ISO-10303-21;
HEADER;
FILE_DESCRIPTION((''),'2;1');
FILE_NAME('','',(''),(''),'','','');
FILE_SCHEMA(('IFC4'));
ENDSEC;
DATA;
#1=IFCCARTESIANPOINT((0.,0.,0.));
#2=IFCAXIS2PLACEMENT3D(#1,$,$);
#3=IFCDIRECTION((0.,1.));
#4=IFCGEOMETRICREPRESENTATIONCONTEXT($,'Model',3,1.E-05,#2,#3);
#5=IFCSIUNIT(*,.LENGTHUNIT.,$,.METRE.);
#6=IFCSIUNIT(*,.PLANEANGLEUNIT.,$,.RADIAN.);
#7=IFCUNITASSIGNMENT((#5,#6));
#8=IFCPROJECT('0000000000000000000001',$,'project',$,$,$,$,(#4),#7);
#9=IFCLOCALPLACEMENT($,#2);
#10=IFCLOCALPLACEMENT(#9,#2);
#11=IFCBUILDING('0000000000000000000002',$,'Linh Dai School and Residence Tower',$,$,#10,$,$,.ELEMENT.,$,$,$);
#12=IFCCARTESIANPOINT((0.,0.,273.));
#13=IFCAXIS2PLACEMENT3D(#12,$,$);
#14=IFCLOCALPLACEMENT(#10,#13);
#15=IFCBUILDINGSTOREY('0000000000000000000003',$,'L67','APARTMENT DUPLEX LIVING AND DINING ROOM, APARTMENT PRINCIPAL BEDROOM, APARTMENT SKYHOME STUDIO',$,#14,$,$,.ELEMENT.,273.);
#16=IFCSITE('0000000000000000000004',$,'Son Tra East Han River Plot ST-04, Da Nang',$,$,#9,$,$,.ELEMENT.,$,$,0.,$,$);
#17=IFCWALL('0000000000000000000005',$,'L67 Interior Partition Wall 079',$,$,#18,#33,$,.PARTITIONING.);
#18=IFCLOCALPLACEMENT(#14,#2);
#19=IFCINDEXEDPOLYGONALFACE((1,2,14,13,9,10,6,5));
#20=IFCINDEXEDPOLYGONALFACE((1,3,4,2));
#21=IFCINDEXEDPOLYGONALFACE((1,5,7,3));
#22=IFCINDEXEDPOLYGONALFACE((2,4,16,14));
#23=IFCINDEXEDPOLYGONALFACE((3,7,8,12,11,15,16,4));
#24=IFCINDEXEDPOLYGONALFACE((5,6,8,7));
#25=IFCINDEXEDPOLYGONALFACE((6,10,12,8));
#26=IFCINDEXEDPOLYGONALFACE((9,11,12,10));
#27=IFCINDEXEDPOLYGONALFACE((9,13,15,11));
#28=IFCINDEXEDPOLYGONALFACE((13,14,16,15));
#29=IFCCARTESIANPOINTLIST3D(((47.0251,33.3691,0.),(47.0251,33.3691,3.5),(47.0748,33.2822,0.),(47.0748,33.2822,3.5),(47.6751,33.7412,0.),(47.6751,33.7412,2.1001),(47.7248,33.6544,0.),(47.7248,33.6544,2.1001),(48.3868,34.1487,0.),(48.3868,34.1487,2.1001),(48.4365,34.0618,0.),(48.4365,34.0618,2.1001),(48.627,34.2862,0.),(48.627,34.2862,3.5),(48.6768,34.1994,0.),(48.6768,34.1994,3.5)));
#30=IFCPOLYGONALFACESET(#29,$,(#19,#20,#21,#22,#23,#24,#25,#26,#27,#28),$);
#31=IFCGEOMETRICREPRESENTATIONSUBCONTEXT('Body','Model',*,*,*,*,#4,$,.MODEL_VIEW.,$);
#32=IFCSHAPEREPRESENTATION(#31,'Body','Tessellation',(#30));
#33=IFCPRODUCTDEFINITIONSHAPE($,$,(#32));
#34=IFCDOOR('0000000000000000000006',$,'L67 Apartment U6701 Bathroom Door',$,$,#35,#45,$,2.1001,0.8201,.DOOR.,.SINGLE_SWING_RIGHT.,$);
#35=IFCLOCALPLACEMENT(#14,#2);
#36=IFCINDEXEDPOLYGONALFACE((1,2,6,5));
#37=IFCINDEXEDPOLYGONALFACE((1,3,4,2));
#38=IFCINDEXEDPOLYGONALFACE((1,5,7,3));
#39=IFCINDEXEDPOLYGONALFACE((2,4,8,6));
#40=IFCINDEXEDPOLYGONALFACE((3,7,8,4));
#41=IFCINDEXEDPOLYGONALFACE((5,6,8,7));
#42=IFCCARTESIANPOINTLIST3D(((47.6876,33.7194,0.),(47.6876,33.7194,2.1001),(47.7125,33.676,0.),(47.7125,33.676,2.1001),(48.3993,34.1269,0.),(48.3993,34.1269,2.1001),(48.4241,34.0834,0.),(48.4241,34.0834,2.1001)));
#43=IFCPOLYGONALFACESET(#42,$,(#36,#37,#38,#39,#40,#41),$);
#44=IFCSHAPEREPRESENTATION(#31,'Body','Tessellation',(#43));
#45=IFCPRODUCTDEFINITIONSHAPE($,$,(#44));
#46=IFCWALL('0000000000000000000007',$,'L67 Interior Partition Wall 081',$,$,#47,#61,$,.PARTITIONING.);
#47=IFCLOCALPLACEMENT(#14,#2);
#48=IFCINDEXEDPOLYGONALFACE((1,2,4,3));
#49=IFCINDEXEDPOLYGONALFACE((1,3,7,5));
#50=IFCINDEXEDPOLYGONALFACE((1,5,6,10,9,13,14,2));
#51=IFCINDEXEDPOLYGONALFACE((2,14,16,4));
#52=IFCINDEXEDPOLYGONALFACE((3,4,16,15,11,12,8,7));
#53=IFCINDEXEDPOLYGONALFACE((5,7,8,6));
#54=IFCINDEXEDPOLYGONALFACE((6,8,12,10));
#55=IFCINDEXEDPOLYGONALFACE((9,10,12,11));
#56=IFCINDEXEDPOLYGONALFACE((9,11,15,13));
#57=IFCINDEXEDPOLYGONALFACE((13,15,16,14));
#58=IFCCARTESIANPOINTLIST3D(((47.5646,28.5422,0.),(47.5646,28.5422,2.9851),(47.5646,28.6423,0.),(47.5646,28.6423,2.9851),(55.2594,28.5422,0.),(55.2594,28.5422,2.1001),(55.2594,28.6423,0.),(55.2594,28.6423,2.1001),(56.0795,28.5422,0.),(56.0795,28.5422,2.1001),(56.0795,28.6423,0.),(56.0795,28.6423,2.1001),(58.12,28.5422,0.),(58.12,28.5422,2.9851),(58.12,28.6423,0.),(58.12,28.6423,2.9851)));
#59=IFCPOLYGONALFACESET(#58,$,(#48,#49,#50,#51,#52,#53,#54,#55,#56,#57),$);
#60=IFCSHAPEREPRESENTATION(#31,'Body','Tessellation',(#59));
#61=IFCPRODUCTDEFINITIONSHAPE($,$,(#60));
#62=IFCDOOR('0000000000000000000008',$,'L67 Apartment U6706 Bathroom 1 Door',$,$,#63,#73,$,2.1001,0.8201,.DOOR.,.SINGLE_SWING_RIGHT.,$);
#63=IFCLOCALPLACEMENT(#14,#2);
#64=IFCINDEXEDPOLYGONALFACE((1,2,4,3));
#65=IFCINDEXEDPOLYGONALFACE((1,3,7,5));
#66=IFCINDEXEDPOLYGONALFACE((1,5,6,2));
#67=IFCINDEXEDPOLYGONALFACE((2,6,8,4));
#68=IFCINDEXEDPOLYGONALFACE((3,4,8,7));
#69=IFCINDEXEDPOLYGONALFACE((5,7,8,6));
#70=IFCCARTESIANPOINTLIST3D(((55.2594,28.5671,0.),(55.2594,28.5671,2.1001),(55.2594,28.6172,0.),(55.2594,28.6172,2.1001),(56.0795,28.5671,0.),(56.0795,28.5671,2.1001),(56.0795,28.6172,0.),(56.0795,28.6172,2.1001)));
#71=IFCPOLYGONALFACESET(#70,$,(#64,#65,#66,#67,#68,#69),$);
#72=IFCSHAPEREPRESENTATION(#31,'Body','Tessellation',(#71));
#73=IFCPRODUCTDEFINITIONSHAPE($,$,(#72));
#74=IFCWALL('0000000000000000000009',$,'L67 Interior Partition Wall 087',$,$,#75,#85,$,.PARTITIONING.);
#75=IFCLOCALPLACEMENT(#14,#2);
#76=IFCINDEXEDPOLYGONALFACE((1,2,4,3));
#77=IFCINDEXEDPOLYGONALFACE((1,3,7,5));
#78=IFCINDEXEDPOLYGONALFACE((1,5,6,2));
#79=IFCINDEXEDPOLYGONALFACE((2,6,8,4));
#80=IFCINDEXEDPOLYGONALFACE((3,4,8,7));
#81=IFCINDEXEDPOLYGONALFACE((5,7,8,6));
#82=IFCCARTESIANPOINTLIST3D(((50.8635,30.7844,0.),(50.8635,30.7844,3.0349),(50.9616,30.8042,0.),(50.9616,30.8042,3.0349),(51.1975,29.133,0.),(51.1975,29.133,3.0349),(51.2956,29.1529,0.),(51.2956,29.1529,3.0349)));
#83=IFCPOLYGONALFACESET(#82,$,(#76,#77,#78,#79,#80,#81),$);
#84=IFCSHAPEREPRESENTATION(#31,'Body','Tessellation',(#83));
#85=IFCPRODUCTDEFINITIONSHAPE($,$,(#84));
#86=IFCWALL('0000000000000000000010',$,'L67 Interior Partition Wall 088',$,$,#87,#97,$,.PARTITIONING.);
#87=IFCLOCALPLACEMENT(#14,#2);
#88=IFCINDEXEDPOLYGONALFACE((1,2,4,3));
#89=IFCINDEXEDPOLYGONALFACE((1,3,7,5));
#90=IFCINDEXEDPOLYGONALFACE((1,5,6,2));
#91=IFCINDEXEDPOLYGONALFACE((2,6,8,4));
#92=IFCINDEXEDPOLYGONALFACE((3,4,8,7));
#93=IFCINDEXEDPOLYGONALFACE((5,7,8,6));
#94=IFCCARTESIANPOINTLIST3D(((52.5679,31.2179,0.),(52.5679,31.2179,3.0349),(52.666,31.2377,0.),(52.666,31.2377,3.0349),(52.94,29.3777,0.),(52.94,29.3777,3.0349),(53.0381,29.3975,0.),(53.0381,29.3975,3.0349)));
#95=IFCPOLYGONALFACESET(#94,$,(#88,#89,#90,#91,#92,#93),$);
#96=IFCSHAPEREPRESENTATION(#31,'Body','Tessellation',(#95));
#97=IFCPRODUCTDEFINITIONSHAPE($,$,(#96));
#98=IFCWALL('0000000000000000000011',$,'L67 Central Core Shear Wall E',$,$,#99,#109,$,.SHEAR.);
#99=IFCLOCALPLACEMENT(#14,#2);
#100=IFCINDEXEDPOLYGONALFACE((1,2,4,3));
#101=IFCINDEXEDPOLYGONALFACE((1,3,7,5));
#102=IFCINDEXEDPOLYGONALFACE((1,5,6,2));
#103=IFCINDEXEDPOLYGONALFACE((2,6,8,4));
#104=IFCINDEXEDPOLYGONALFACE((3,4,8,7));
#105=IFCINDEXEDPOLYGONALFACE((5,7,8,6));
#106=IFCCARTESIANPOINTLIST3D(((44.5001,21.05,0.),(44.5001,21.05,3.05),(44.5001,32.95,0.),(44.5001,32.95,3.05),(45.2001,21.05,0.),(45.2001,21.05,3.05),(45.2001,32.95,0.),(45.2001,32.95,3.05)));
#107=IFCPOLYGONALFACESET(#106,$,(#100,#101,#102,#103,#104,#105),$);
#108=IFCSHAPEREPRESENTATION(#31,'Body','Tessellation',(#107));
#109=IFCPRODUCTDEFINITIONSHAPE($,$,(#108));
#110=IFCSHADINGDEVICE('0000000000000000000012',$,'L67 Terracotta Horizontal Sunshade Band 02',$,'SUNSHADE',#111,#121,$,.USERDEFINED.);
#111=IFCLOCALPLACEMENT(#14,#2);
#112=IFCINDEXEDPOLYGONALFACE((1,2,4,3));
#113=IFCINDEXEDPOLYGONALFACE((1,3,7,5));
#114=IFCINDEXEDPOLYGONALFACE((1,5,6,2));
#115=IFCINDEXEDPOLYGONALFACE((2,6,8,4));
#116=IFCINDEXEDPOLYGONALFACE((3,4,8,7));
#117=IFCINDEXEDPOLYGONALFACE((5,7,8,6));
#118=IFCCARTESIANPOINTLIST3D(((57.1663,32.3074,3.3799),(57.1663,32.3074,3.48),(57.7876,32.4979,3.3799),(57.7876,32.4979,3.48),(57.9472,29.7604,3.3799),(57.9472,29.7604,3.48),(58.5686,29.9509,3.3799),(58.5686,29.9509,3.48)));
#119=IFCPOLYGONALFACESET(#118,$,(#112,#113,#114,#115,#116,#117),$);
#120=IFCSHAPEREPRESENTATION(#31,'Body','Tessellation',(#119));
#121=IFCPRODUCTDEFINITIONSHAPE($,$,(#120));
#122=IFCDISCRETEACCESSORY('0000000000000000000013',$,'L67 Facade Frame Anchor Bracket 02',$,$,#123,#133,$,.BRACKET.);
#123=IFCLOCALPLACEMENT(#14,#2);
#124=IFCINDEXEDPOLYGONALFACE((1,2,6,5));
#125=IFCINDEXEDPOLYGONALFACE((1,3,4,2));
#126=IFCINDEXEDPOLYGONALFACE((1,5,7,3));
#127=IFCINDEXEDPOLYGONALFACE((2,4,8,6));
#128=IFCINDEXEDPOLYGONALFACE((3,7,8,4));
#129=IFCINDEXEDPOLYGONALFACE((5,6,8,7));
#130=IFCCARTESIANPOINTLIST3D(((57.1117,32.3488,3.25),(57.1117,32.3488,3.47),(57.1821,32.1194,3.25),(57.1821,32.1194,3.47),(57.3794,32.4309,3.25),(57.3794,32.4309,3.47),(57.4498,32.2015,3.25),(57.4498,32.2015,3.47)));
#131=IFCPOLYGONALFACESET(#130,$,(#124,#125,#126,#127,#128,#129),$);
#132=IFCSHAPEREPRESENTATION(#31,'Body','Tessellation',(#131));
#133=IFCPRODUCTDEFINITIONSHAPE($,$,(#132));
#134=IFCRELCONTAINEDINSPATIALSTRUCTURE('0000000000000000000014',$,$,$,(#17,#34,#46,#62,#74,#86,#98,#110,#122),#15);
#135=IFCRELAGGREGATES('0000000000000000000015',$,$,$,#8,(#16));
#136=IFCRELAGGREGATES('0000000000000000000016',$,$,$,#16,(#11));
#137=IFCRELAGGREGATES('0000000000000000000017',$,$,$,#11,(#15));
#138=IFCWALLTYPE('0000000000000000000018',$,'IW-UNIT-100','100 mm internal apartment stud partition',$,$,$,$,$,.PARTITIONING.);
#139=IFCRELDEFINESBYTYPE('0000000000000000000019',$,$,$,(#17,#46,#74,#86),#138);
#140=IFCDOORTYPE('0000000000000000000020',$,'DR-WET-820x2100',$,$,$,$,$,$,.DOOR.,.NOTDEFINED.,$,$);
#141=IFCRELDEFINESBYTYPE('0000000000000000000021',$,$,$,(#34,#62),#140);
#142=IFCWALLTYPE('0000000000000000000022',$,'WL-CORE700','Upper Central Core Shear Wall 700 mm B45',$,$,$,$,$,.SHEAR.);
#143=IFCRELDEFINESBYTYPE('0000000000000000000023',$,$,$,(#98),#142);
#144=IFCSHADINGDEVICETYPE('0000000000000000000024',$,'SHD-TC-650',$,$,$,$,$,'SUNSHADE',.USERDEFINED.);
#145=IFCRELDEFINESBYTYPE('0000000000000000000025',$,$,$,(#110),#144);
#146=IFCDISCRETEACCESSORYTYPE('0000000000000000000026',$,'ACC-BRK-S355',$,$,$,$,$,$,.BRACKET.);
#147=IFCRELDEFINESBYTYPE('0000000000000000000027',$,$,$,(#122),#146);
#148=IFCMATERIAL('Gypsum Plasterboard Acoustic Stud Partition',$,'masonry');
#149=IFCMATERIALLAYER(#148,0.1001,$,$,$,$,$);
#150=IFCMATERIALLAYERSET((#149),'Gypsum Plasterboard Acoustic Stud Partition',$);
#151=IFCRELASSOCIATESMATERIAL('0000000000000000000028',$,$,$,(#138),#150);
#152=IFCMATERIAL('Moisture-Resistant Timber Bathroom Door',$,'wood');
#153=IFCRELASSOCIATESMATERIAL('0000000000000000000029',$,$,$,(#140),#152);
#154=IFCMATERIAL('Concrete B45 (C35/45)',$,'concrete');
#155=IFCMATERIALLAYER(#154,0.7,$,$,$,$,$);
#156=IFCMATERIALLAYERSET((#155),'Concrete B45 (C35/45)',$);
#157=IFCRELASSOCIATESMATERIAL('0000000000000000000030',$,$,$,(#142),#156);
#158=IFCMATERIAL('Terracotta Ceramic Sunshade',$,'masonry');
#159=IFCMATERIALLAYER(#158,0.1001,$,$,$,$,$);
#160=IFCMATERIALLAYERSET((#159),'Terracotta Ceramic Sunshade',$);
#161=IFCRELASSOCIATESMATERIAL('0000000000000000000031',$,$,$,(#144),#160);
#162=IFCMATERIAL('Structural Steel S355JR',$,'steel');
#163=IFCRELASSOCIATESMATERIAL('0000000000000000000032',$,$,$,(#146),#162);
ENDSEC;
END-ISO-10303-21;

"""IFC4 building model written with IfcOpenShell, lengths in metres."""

from ifc_helpers import new_model, si_unit, direction, frame, frame_2d, origin, origin_2d, place, context, subcontext, project, spatial, rectangle, extrude, source, transform, mapped, material, layer, layer_set, type_object, element, fill, save


model = new_model("IFC4")

# Units and contexts
model_context = context("Model", 3, precision=1e-05, world=origin(), true_north=direction((0.0, 1.0)))
body_context = subcontext(model_context, "Body", "Model", "MODEL_VIEW")
ifc_project = project(units=[si_unit("LENGTHUNIT", "METRE"), si_unit("PLANEANGLEUNIT", "RADIAN")], contexts=[model_context])

# Site, building, storey
site_placement = place(None, origin())
site = spatial("IfcSite", under=ifc_project, at=site_placement, Name="Son Tra East Han River Plot ST-04, Da Nang", CompositionType="ELEMENT", RefElevation=0.0)
building_placement = place(site_placement, origin())
building = spatial("IfcBuilding", under=site, at=building_placement, Name="Linh Dai School and Residence Tower", CompositionType="ELEMENT")
storey_placement = place(building_placement, frame((0.0, 0.0, 273.0)))
storey = spatial("IfcBuildingStorey", under=building, at=storey_placement, Name="L67", Description="APARTMENT DUPLEX LIVING AND DINING ROOM, APARTMENT PRINCIPAL BEDROOM, APARTMENT SKYHOME STUDIO", CompositionType="ELEMENT", Elevation=273.0)

# Shared definitions
ifc_material_1 = material(Name="Concrete B45 (C35/45)", Category="concrete")
ifc_material_2 = material(Name="Structural Steel S355JR", Category="steel")

# Walls, openings, doors
ifc_material_3 = material(Name="Gypsum Plasterboard Acoustic Stud Partition", Category="masonry")
ifc_layer_1 = layer(ifc_material_3, 0.1001)
ifc_layer_set_1 = layer_set([ifc_layer_1], Name="Gypsum Plasterboard Acoustic Stud Partition")
wall_type_1 = type_object("IfcWallType", Name="IW-UNIT-100", Description="100 mm internal apartment stud partition", PredefinedType="PARTITIONING", material=ifc_layer_set_1)
wall_1_placement = place(storey_placement, frame((47.05, 33.3257, 0.0), z_axis=(0.0, 0.0, 1.0), x_axis=(0.867828, 0.496865, 0.0)))
wall_1 = element("IfcWall", 1, at=wall_1_placement, inside=storey, type_object=wall_type_1, Name="L67 Interior Partition Wall 079", PredefinedType="PARTITIONING", context=body_context, shape_type="SweptSolid", body=[
    extrude(rectangle(XDim=1.8459, YDim=0.1001, at=frame_2d((0.9229, 0.0))), origin(), (0.0, 0.0, 1.0), 3.5),
])
opening_1_placement = place(wall_1_placement, frame((0.7488, 0.0, 0.0)))
opening_1 = element("IfcOpeningElement", 2, at=opening_1_placement, cuts=wall_1, PredefinedType="OPENING", context=body_context, shape_type="SweptSolid", body=[
    extrude(rectangle(XDim=0.8201, YDim=2.1001, at=origin_2d()), frame((0.4102, 0.0601, 1.05), z_axis=(0.0, -1.0, 0.0), x_axis=(1.0, 0.0, 0.0)), (0.0, 0.0, 1.0), 0.1201),
])
ifc_material_4 = material(Name="Moisture-Resistant Timber Bathroom Door", Category="wood")
door_type_1 = type_object("IfcDoorType", Name="DR-WET-820x2100", OperationType="NOTDEFINED", PredefinedType="DOOR", material=ifc_material_4)
shared_shape_1 = source(origin(), body_context, "Body", "SweptSolid", [
    extrude(rectangle(XDim=0.8201, YDim=2.1001, at=origin_2d()), frame((0.4102, 0.0249, 1.05), z_axis=(0.0, -1.0, 0.0), x_axis=(1.0, 0.0, 0.0)), (0.0, 0.0, 1.0), 0.05),
])
door_1_placement = place(opening_1_placement, origin())
door_1 = element("IfcDoor", 3, at=door_1_placement, inside=storey, type_object=door_type_1, Name="L67 Apartment U6701 Bathroom Door", OperationType="SINGLE_SWING_RIGHT", OverallHeight=2.1001, OverallWidth=0.8201, PredefinedType="DOOR", context=body_context, shape_type="MappedRepresentation", body=[
    mapped(shared_shape_1, transform((0.0, 0.0, 0.0), x_axis=(1.0, 0.0, 0.0), y_axis=(0.0, 1.0, 0.0), z_axis=(0.0, 0.0, 1.0), scale=1.0)),
])
fill(opening_1, door_1)
wall_2_placement = place(storey_placement, frame((47.5645, 28.5923, 0.0), z_axis=(0.0, 0.0, 1.0), x_axis=(1.0, 0.0, 0.0)))
wall_2 = element("IfcWall", 4, at=wall_2_placement, inside=storey, type_object=wall_type_1, Name="L67 Interior Partition Wall 081", PredefinedType="PARTITIONING", context=body_context, shape_type="SweptSolid", body=[
    extrude(rectangle(XDim=10.5554, YDim=0.1001, at=frame_2d((5.2778, 0.0))), origin(), (0.0, 0.0, 1.0), 2.9851),
])
opening_2_placement = place(wall_2_placement, frame((7.6948, 0.0, 0.0)))
opening_2 = element("IfcOpeningElement", 5, at=opening_2_placement, cuts=wall_2, PredefinedType="OPENING", context=body_context, shape_type="SweptSolid", body=[
    extrude(rectangle(XDim=0.8201, YDim=2.1001, at=origin_2d()), frame((0.4102, 0.0601, 1.05), z_axis=(0.0, -1.0, 0.0), x_axis=(1.0, 0.0, 0.0)), (0.0, 0.0, 1.0), 0.1201),
])
door_2_placement = place(opening_2_placement, origin())
door_2 = element("IfcDoor", 6, at=door_2_placement, inside=storey, type_object=door_type_1, Name="L67 Apartment U6706 Bathroom 1 Door", OperationType="SINGLE_SWING_RIGHT", OverallHeight=2.1001, OverallWidth=0.8201, PredefinedType="DOOR", context=body_context, shape_type="MappedRepresentation", body=[
    mapped(shared_shape_1, transform((0.0, 0.0, 0.0), x_axis=(1.0, 0.0, 0.0), y_axis=(0.0, 1.0, 0.0), z_axis=(0.0, 0.0, 1.0), scale=1.0)),
])
fill(opening_2, door_2)

# Walls
wall_3_placement = place(storey_placement, frame((50.9126, 30.7942, 0.0), z_axis=(0.0, 0.0, 1.0), x_axis=(0.198234, -0.980155, 0.0)))
element("IfcWall", 7, at=wall_3_placement, inside=storey, type_object=wall_type_1, Name="L67 Interior Partition Wall 087", PredefinedType="PARTITIONING", context=body_context, shape_type="SweptSolid", body=[
    extrude(rectangle(XDim=1.6848, YDim=0.1001, at=frame_2d((0.8423, 0.0))), origin(), (0.0, 0.0, 1.0), 3.0349),
])
wall_4_placement = place(storey_placement, frame((52.6169, 31.2278, 0.0), z_axis=(0.0, 0.0, 1.0), x_axis=(0.198191, -0.980163, 0.0)))
element("IfcWall", 8, at=wall_4_placement, inside=storey, type_object=wall_type_1, Name="L67 Interior Partition Wall 088", PredefinedType="PARTITIONING", context=body_context, shape_type="SweptSolid", body=[
    extrude(rectangle(XDim=1.8774, YDim=0.1001, at=frame_2d((0.9387, 0.0))), origin(), (0.0, 0.0, 1.0), 3.0349),
])
ifc_layer_2 = layer(ifc_material_1, 0.7)
ifc_layer_set_2 = layer_set([ifc_layer_2], Name="Concrete B45 (C35/45)")
wall_type_2 = type_object("IfcWallType", Name="WL-CORE700", Description="Upper Central Core Shear Wall 700 mm B45", PredefinedType="SHEAR", material=ifc_layer_set_2)
wall_5_placement = place(storey_placement, frame((44.8501, 32.95, 0.0), z_axis=(0.0, 0.0, 1.0), x_axis=(0.0, -1.0, 0.0)))
element("IfcWall", 9, at=wall_5_placement, inside=storey, type_object=wall_type_2, Name="L67 Central Core Shear Wall E", PredefinedType="SHEAR", context=body_context, shape_type="SweptSolid", body=[
    extrude(rectangle(XDim=11.8999, YDim=0.7, at=frame_2d((5.95, 0.0))), origin(), (0.0, 0.0, 1.0), 3.05),
])

# Shading device
ifc_material_5 = material(Name="Terracotta Ceramic Sunshade", Category="masonry")
ifc_layer_3 = layer(ifc_material_5, 0.1001)
ifc_layer_set_3 = layer_set([ifc_layer_3], Name="Terracotta Ceramic Sunshade")
shading_device_type = type_object("IfcShadingDeviceType", Name="SHD-TC-650", ElementType="SUNSHADE", PredefinedType="USERDEFINED", material=ifc_layer_set_3)
shared_shape_2 = source(origin(), body_context, "Body", "SweptSolid", [
    extrude(rectangle(XDim=2.6641, YDim=0.6499, at=origin_2d()), origin(), (0.0, 0.0, 1.0), 0.1001),
])
shading_device_placement = place(storey_placement, frame((57.8674, 31.1292, 3.3799), z_axis=(0.0, 0.0, 1.0), x_axis=(0.293141, -0.956069, 0.0)))
element("IfcShadingDevice", 10, at=shading_device_placement, inside=storey, type_object=shading_device_type, Name="L67 Terracotta Horizontal Sunshade Band 02", ObjectType="SUNSHADE", PredefinedType="USERDEFINED", context=body_context, shape_type="MappedRepresentation", body=[
    mapped(shared_shape_2, transform((0.0, 0.0, 0.0), x_axis=(1.0, 0.0, 0.0), y_axis=(0.0, 1.0, 0.0), z_axis=(0.0, 0.0, 1.0), scale=1.0)),
])

# Discrete accessory
discrete_accessory_type = type_object("IfcDiscreteAccessoryType", Name="ACC-BRK-S355", PredefinedType="BRACKET", material=ifc_material_2)
shared_shape_3 = source(origin(), body_context, "Body", "SweptSolid", [
    extrude(rectangle(XDim=0.28, YDim=0.24, at=origin_2d()), origin(), (0.0, 0.0, 1.0), 0.22),
])
discrete_accessory_placement = place(storey_placement, frame((57.2808, 32.2751, 3.25), z_axis=(0.0, 0.0, 1.0), x_axis=(0.956069, 0.293141, 0.0)))
element("IfcDiscreteAccessory", 11, at=discrete_accessory_placement, inside=storey, type_object=discrete_accessory_type, Name="L67 Facade Frame Anchor Bracket 02", PredefinedType="BRACKET", context=body_context, shape_type="MappedRepresentation", body=[
    mapped(shared_shape_3, transform((0.0, 0.0, 0.0), x_axis=(1.0, 0.0, 0.0), y_axis=(0.0, 1.0, 0.0), z_axis=(0.0, 0.0, 1.0), scale=1.0)),
])

save(model, "model.ifc")
